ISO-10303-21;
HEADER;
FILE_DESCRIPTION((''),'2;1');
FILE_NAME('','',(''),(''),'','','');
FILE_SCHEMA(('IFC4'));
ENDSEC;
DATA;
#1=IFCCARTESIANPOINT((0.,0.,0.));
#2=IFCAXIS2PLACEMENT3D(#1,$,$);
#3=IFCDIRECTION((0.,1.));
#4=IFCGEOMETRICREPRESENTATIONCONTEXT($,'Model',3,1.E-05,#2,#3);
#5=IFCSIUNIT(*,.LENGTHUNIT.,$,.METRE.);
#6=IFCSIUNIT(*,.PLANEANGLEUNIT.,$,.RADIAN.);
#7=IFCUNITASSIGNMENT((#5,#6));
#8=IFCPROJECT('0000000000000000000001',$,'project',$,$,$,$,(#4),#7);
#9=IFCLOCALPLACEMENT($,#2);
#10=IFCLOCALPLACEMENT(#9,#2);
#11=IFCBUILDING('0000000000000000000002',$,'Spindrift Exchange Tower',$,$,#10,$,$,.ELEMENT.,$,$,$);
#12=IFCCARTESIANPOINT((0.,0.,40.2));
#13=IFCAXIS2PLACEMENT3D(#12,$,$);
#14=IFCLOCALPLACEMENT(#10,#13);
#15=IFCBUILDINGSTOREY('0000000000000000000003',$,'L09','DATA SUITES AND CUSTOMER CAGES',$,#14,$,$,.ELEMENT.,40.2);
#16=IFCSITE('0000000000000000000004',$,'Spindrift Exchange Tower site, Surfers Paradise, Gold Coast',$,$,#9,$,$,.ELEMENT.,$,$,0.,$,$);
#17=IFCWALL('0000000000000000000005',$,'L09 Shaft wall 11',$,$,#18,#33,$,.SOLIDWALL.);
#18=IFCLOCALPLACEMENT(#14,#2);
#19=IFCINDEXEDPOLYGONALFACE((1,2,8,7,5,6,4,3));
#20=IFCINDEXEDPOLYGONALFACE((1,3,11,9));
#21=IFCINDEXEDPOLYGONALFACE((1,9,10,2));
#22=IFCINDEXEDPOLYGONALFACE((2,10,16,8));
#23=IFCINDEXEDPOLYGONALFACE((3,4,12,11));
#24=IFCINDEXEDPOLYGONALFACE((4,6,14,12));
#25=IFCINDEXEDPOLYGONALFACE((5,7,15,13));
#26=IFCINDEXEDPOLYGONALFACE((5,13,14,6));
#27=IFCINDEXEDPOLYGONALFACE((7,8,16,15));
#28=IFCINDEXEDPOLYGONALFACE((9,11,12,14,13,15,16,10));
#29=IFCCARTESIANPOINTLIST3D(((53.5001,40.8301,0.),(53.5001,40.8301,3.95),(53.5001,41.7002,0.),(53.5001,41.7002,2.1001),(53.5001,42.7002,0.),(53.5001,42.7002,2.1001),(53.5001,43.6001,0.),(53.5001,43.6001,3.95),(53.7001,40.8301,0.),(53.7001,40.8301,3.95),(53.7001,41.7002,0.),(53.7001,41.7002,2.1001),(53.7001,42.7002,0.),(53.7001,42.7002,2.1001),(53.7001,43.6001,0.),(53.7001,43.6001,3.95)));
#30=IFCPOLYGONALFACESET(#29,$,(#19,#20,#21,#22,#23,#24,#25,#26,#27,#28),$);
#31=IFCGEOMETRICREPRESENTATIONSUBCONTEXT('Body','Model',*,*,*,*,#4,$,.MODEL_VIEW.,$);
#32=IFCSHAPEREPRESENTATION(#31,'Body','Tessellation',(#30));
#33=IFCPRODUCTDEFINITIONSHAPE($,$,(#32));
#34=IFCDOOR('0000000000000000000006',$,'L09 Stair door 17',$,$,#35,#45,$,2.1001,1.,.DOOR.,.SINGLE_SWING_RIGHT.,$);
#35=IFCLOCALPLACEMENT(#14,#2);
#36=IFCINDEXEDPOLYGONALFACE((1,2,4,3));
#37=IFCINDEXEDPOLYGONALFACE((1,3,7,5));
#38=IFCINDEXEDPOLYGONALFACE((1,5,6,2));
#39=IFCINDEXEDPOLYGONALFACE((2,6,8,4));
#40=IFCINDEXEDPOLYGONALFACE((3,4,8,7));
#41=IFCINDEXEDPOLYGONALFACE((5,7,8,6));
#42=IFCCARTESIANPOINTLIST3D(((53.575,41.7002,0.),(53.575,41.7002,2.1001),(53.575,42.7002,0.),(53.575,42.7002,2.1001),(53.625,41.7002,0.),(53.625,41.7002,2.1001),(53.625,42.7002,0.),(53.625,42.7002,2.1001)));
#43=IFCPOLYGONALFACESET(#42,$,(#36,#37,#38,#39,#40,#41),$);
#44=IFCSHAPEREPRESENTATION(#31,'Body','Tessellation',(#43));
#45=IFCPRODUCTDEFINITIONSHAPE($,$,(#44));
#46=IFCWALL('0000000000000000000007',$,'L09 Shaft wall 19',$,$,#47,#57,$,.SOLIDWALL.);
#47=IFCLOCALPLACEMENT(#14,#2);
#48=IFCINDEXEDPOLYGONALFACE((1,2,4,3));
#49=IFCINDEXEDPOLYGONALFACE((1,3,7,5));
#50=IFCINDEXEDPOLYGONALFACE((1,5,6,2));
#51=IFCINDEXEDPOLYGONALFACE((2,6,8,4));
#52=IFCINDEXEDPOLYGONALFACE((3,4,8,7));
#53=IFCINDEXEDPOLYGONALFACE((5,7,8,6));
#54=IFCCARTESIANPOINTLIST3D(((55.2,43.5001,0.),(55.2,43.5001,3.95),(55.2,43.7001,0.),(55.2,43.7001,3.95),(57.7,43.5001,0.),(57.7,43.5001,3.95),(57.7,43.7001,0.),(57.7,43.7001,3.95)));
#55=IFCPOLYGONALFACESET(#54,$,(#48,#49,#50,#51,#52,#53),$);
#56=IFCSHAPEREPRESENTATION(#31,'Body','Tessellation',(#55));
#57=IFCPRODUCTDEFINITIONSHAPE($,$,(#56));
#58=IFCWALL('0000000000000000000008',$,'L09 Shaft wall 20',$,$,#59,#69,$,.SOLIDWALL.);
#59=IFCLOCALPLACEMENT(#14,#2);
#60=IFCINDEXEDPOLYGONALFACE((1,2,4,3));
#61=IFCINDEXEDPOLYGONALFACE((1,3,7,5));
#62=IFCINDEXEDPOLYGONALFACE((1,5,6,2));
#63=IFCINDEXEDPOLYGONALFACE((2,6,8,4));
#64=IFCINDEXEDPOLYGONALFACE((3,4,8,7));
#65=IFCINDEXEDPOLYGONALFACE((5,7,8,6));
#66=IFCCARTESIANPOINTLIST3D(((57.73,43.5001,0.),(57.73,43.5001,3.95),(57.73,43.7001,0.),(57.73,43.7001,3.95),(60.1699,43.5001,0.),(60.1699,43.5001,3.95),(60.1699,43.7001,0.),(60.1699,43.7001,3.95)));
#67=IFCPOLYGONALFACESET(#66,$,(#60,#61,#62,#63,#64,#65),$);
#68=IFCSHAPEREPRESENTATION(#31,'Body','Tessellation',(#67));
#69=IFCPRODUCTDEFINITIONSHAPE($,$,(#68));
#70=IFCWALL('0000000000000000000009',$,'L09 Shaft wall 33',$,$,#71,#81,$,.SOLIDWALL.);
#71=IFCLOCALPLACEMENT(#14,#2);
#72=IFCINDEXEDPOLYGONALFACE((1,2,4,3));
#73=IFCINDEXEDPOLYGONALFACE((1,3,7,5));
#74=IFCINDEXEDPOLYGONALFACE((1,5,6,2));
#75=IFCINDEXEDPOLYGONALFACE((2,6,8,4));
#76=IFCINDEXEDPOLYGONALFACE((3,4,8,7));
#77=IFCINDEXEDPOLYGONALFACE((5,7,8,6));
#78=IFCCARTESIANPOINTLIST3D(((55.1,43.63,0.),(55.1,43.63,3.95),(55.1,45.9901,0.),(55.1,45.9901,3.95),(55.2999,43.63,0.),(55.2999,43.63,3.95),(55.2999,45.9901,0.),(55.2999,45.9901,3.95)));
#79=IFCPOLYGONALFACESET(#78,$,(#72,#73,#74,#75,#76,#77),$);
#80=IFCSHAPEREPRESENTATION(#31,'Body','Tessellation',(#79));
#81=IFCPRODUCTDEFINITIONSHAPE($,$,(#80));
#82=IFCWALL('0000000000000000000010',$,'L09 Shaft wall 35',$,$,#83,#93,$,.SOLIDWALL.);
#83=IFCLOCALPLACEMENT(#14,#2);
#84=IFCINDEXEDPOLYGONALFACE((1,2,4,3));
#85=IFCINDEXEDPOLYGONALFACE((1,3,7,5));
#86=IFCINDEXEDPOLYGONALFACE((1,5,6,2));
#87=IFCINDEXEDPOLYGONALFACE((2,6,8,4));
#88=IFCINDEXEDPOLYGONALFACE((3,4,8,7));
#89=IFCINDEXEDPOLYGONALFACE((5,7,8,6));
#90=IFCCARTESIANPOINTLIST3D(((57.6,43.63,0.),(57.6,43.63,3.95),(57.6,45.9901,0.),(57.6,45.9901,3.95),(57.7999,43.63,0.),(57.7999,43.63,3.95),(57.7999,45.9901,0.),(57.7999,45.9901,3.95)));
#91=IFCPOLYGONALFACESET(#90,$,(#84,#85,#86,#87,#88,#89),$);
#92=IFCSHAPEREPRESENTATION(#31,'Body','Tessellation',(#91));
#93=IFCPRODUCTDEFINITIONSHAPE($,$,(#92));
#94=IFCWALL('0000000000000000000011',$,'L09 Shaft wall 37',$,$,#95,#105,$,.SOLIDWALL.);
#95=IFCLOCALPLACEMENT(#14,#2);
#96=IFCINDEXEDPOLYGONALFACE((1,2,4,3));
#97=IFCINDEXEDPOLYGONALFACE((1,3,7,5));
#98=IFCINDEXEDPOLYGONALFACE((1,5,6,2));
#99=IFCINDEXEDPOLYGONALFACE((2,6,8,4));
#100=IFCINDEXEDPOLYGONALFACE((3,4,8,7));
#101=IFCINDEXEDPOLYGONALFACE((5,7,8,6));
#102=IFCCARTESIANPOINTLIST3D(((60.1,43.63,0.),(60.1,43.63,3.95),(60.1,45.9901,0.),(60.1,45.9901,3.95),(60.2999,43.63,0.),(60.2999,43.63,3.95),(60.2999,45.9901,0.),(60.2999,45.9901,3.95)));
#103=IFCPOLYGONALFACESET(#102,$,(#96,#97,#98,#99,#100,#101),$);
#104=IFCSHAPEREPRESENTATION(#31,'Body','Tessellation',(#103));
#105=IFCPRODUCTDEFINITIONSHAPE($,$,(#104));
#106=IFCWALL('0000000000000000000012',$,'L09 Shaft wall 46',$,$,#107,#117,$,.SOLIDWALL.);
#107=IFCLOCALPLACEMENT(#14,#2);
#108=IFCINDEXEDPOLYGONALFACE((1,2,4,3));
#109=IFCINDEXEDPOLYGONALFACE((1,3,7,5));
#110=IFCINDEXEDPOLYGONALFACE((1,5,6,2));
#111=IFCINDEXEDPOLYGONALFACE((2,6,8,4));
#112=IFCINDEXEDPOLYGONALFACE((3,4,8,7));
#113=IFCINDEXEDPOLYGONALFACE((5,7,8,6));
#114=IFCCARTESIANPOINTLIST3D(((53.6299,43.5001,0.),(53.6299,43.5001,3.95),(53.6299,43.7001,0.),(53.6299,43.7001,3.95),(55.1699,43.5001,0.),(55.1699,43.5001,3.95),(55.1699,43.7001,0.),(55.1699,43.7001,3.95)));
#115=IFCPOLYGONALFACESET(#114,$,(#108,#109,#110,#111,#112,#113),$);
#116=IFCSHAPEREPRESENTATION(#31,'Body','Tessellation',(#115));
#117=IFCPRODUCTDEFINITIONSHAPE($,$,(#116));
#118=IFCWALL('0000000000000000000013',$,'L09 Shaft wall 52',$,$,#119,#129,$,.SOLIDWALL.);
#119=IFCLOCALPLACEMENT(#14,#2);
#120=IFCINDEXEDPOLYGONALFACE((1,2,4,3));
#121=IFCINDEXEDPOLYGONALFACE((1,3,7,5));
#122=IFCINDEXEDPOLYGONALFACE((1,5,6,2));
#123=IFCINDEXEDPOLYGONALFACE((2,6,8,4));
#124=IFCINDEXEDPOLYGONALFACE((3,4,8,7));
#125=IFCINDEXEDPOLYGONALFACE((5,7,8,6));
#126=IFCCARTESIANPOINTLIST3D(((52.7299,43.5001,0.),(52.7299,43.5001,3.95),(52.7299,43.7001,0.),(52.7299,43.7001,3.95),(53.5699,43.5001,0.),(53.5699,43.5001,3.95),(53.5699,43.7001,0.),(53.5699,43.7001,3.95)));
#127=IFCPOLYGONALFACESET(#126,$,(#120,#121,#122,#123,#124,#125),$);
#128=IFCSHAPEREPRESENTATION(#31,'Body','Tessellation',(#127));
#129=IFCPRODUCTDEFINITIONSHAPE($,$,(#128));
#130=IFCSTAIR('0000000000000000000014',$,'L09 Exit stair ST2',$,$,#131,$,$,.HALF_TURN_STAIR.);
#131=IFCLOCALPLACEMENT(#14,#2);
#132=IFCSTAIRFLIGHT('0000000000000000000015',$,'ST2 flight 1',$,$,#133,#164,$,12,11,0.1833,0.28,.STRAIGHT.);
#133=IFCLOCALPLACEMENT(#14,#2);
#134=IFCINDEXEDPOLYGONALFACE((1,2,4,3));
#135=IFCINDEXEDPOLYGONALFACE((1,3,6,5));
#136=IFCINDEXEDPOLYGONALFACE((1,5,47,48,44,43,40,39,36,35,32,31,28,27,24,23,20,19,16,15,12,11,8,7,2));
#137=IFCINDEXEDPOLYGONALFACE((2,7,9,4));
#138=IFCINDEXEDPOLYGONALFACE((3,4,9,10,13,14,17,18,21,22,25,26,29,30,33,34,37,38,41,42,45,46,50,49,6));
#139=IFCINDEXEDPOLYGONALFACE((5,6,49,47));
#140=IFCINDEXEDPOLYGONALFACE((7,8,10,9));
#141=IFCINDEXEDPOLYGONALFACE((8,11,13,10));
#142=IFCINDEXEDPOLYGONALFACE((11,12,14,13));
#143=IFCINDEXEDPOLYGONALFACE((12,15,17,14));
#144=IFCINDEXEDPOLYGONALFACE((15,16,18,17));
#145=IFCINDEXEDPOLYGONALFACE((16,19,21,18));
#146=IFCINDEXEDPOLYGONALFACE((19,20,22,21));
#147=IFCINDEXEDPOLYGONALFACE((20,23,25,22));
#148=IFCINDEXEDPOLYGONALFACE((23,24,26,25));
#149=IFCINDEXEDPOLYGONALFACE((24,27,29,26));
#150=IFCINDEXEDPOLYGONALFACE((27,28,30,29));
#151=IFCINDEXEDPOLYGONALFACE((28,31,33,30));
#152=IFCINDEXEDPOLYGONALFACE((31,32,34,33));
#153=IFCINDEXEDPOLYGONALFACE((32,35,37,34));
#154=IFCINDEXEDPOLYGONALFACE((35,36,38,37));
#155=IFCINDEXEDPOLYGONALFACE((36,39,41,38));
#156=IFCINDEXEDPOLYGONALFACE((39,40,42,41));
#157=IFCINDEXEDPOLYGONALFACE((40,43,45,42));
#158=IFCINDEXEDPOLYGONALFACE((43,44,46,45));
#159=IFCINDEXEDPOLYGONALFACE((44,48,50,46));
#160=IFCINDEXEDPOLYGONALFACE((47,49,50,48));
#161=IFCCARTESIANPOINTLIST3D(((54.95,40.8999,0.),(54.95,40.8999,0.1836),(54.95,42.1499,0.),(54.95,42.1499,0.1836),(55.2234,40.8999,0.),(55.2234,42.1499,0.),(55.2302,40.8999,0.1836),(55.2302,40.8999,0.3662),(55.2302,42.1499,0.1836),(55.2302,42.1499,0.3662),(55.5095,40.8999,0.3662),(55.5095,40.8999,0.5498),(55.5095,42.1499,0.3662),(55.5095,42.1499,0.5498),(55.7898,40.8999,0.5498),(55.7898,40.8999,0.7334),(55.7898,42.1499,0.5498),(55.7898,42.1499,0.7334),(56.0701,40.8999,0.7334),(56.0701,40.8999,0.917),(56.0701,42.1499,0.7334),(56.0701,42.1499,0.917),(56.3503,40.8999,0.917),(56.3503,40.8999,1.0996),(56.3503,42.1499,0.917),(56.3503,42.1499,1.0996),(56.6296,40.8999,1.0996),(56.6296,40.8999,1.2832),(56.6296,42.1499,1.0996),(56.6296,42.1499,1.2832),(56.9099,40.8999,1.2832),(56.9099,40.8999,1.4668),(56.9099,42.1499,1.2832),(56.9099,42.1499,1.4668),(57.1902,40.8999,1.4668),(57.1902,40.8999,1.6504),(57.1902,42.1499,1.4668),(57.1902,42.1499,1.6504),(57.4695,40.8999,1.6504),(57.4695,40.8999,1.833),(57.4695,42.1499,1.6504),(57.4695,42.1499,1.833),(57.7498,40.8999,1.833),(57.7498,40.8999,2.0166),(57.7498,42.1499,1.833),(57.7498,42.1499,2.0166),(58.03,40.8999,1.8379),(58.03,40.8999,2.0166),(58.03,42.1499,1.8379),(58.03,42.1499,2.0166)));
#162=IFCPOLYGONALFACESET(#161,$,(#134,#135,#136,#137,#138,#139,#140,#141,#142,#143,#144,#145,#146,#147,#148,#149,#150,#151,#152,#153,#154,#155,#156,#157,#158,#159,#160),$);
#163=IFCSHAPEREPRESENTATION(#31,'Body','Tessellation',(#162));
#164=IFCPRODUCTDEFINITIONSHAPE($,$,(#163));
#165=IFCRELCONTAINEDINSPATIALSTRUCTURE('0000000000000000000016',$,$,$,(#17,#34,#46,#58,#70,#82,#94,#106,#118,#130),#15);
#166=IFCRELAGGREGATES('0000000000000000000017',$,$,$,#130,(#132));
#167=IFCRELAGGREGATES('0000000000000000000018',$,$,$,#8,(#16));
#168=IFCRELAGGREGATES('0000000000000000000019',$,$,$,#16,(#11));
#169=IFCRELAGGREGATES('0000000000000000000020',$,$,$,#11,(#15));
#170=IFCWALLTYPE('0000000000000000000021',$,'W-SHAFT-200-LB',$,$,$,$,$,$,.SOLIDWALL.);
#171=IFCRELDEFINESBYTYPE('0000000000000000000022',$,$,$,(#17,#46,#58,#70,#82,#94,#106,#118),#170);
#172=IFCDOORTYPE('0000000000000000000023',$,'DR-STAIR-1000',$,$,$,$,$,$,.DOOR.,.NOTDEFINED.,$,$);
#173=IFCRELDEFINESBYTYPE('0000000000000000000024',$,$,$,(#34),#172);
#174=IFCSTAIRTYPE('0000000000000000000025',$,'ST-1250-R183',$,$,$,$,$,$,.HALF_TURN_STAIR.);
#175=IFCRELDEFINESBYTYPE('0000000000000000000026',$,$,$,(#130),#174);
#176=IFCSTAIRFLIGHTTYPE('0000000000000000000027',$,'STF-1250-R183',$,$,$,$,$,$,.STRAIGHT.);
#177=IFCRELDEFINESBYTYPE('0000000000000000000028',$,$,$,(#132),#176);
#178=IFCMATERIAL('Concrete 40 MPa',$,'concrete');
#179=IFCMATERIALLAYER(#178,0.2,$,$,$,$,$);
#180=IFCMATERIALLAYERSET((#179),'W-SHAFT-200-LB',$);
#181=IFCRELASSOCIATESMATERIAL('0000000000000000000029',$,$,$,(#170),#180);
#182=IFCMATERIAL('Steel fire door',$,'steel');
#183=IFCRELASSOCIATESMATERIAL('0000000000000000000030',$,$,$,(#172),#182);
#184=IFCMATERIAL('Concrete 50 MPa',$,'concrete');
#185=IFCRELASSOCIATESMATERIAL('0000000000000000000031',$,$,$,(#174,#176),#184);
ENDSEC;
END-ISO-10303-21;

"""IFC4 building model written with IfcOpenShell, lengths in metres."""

from ifc_helpers import new_model, si_unit, direction, frame, frame_2d, origin, place, context, subcontext, project, spatial, line, indexed_curve, rectangle, outline, extrude, source, transform, mapped, material, layer, layer_set, type_object, element, fill, aggregate, save


model = new_model("IFC4")

# Units and contexts
model_context = context("Model", 3, precision=1e-05, world=origin(), true_north=direction((0.0, 1.0)))
body_context = subcontext(model_context, "Body", "Model", "MODEL_VIEW")
ifc_project = project(units=[si_unit("LENGTHUNIT", "METRE"), si_unit("PLANEANGLEUNIT", "RADIAN")], contexts=[model_context])

# Site, building, storey
site_placement = place(None, origin())
site = spatial("IfcSite", under=ifc_project, at=site_placement, Name="Spindrift Exchange Tower site, Surfers Paradise, Gold Coast", CompositionType="ELEMENT", RefElevation=0.0)
building_placement = place(site_placement, origin())
building = spatial("IfcBuilding", under=site, at=building_placement, Name="Spindrift Exchange Tower", CompositionType="ELEMENT")
storey_placement = place(building_placement, frame((0.0, 0.0, 40.2)))
storey = spatial("IfcBuildingStorey", under=building, at=storey_placement, Name="L09", Description="DATA SUITES AND CUSTOMER CAGES", CompositionType="ELEMENT", Elevation=40.2)

# Shared definitions
ifc_material_1 = material(Name="Concrete 40 MPa", Category="concrete")

# Shared definitions
ifc_layer_1 = layer(ifc_material_1, 0.2)
ifc_layer_set_1 = layer_set([ifc_layer_1], Name="W-SHAFT-200-LB")
wall_type_1 = type_object("IfcWallType", Name="W-SHAFT-200-LB", PredefinedType="SOLIDWALL", material=ifc_layer_set_1)
ifc_material_2 = material(Name="Steel fire door", Category="steel")

# Wall, opening, door
wall_1_placement = place(storey_placement, frame((53.6001, 43.6001, 0.0), z_axis=(0.0, 0.0, 1.0), x_axis=(0.0, -1.0, 0.0)))
wall_1 = element("IfcWall", 1, at=wall_1_placement, inside=storey, type_object=wall_type_1, Name="L09 Shaft wall 11", PredefinedType="SOLIDWALL", context=body_context, shape_type="SweptSolid", body=[
    extrude(rectangle(XDim=2.77, YDim=0.2, at=frame_2d((1.385, 0.0))), origin(), (0.0, 0.0, 1.0), 3.95),
])
opening_1_placement = place(wall_1_placement, frame((0.8999, 0.0, 0.0)))
opening_1 = element("IfcOpeningElement", 2, at=opening_1_placement, cuts=wall_1, PredefinedType="OPENING", context=body_context, shape_type="SweptSolid", body=[
    extrude(rectangle(XDim=1.0, YDim=2.1001, at=frame_2d((0.5, 1.05))), frame((0.0, 0.1099, 0.0), z_axis=(0.0, -1.0, 0.0), x_axis=(1.0, 0.0, 0.0)), (0.0, 0.0, 1.0), 0.22),
])
door_type_1 = type_object("IfcDoorType", Name="DR-STAIR-1000", OperationType="NOTDEFINED", PredefinedType="DOOR", material=ifc_material_2)
shared_shape_1 = source(origin(), body_context, "Body", "SweptSolid", [
    extrude(rectangle(XDim=1.0, YDim=2.1001, at=frame_2d((0.5, 1.05))), frame((0.0, 0.0249, 0.0), z_axis=(0.0, -1.0, 0.0), x_axis=(1.0, 0.0, 0.0)), (0.0, 0.0, 1.0), 0.05),
])
door_1_placement = place(opening_1_placement, origin())
door_1 = element("IfcDoor", 3, at=door_1_placement, inside=storey, type_object=door_type_1, Name="L09 Stair door 17", OperationType="SINGLE_SWING_RIGHT", OverallHeight=2.1001, OverallWidth=1.0, PredefinedType="DOOR", context=body_context, shape_type="MappedRepresentation", body=[
    mapped(shared_shape_1, transform((0.0, 0.0, 0.0), scale=1.0)),
])
fill(opening_1, door_1)

# Walls
wall_2_placement = place(storey_placement, frame((55.2, 43.6001, 0.0), z_axis=(0.0, 0.0, 1.0), x_axis=(1.0, 0.0, 0.0)))
element("IfcWall", 4, at=wall_2_placement, inside=storey, type_object=wall_type_1, Name="L09 Shaft wall 19", PredefinedType="SOLIDWALL", context=body_context, shape_type="SweptSolid", body=[
    extrude(rectangle(XDim=2.5, YDim=0.2, at=frame_2d((1.25, 0.0))), origin(), (0.0, 0.0, 1.0), 3.95),
])
wall_3_placement = place(storey_placement, frame((57.73, 43.6001, 0.0), z_axis=(0.0, 0.0, 1.0), x_axis=(1.0, 0.0, 0.0)))
element("IfcWall", 5, at=wall_3_placement, inside=storey, type_object=wall_type_1, Name="L09 Shaft wall 20", PredefinedType="SOLIDWALL", context=body_context, shape_type="SweptSolid", body=[
    extrude(rectangle(XDim=2.4399, YDim=0.2, at=frame_2d((1.22, 0.0))), origin(), (0.0, 0.0, 1.0), 3.95),
])
for number, where, z_axis, x_axis, name in (
    (6, (55.2, 43.6299, 0.0), (0.0, 0.0, 1.0), (0.0, 1.0, 0.0), "L09 Shaft wall 33"),
    (7, (57.7, 43.6299, 0.0), (0.0, 0.0, 1.0), (0.0, 1.0, 0.0), "L09 Shaft wall 35"),
    (8, (60.2, 43.6299, 0.0), (0.0, 0.0, 1.0), (0.0, 1.0, 0.0), "L09 Shaft wall 37"),
):
    element("IfcWall", number, at=place(storey_placement, frame(where, z_axis=z_axis, x_axis=x_axis)), inside=storey, type_object=wall_type_1, Name=name, PredefinedType="SOLIDWALL", context=body_context, shape_type="SweptSolid", body=[
        extrude(rectangle(XDim=2.3601, YDim=0.2, at=frame_2d((1.1802, 0.0))), origin(), (0.0, 0.0, 1.0), 3.95),
    ])
wall_4_placement = place(storey_placement, frame((53.6299, 43.6001, 0.0), z_axis=(0.0, 0.0, 1.0), x_axis=(1.0, 0.0, 0.0)))
element("IfcWall", 9, at=wall_4_placement, inside=storey, type_object=wall_type_1, Name="L09 Shaft wall 46", PredefinedType="SOLIDWALL", context=body_context, shape_type="SweptSolid", body=[
    extrude(rectangle(XDim=1.54, YDim=0.2, at=frame_2d((0.77, 0.0))), origin(), (0.0, 0.0, 1.0), 3.95),
])
wall_5_placement = place(storey_placement, frame((52.73, 43.6001, 0.0), z_axis=(0.0, 0.0, 1.0), x_axis=(1.0, 0.0, 0.0)))
element("IfcWall", 10, at=wall_5_placement, inside=storey, type_object=wall_type_1, Name="L09 Shaft wall 52", PredefinedType="SOLIDWALL", context=body_context, shape_type="SweptSolid", body=[
    extrude(rectangle(XDim=0.8401, YDim=0.2, at=frame_2d((0.4199, 0.0))), origin(), (0.0, 0.0, 1.0), 3.95),
])

# Stair, stair flight
ifc_material_3 = material(Name="Concrete 50 MPa", Category="concrete")
stair_type = type_object("IfcStairType", Name="ST-1250-R183", PredefinedType="HALF_TURN_STAIR", material=ifc_material_3)
stair_placement = place(storey_placement, origin())
stair = element("IfcStair", 11, at=stair_placement, inside=storey, type_object=stair_type, Name="L09 Exit stair ST2", PredefinedType="HALF_TURN_STAIR")
stair_flight_type = type_object("IfcStairFlightType", Name="STF-1250-R183", PredefinedType="STRAIGHT", material=ifc_material_3)
stair_flight_1_placement = place(storey_placement, frame((54.95, 41.5249, 0.0), z_axis=(0.0, 0.0, 1.0), x_axis=(1.0, 0.0, 0.0)))
stair_flight_1 = element("IfcStairFlight", 12, at=stair_flight_1_placement, type_object=stair_flight_type, Name="ST2 flight 1", NumberOfRisers=12, NumberOfTreads=11, PredefinedType="STRAIGHT", RiserHeight=0.1833, TreadLength=0.28, context=body_context, shape_type="SweptSolid", body=[
    extrude(outline(indexed_curve([(0.0, 0.0), (0.0, 0.1836), (0.2803, 0.1836), (0.2803, 0.3662), (0.5596, 0.3662), (0.5596, 0.5498), (0.8398, 0.5498), (0.8398, 0.7334), (1.1201, 0.7334), (1.1201, 0.917), (1.4004, 0.917), (1.4004, 1.0996), (1.6797, 1.0996), (1.6797, 1.2832), (1.96, 1.2832), (1.96, 1.4668), (2.2402, 1.4668), (2.2402, 1.6504), (2.5195, 1.6504), (2.5195, 1.833), (2.7998, 1.833), (2.7998, 2.0166), (3.0801, 2.0166), (3.0801, 2.2002), (3.0801, 1.8379), (0.2734, 0.0)], segments=[line(1, 2, 3, 4, 5, 6, 7, 8, 9, 10, 11, 12, 13, 14, 15, 16, 17, 18, 19, 20, 21, 22, 23, 24, 25, 26, 1)], self_intersect=False)), frame((0.0, 0.625, 0.0), z_axis=(0.0, -1.0, 0.0), x_axis=(1.0, 0.0, 0.0)), (0.0, 0.0, 1.0), 1.25),
])
aggregate(stair, [stair_flight_1])

save(model, "model.ifc")
